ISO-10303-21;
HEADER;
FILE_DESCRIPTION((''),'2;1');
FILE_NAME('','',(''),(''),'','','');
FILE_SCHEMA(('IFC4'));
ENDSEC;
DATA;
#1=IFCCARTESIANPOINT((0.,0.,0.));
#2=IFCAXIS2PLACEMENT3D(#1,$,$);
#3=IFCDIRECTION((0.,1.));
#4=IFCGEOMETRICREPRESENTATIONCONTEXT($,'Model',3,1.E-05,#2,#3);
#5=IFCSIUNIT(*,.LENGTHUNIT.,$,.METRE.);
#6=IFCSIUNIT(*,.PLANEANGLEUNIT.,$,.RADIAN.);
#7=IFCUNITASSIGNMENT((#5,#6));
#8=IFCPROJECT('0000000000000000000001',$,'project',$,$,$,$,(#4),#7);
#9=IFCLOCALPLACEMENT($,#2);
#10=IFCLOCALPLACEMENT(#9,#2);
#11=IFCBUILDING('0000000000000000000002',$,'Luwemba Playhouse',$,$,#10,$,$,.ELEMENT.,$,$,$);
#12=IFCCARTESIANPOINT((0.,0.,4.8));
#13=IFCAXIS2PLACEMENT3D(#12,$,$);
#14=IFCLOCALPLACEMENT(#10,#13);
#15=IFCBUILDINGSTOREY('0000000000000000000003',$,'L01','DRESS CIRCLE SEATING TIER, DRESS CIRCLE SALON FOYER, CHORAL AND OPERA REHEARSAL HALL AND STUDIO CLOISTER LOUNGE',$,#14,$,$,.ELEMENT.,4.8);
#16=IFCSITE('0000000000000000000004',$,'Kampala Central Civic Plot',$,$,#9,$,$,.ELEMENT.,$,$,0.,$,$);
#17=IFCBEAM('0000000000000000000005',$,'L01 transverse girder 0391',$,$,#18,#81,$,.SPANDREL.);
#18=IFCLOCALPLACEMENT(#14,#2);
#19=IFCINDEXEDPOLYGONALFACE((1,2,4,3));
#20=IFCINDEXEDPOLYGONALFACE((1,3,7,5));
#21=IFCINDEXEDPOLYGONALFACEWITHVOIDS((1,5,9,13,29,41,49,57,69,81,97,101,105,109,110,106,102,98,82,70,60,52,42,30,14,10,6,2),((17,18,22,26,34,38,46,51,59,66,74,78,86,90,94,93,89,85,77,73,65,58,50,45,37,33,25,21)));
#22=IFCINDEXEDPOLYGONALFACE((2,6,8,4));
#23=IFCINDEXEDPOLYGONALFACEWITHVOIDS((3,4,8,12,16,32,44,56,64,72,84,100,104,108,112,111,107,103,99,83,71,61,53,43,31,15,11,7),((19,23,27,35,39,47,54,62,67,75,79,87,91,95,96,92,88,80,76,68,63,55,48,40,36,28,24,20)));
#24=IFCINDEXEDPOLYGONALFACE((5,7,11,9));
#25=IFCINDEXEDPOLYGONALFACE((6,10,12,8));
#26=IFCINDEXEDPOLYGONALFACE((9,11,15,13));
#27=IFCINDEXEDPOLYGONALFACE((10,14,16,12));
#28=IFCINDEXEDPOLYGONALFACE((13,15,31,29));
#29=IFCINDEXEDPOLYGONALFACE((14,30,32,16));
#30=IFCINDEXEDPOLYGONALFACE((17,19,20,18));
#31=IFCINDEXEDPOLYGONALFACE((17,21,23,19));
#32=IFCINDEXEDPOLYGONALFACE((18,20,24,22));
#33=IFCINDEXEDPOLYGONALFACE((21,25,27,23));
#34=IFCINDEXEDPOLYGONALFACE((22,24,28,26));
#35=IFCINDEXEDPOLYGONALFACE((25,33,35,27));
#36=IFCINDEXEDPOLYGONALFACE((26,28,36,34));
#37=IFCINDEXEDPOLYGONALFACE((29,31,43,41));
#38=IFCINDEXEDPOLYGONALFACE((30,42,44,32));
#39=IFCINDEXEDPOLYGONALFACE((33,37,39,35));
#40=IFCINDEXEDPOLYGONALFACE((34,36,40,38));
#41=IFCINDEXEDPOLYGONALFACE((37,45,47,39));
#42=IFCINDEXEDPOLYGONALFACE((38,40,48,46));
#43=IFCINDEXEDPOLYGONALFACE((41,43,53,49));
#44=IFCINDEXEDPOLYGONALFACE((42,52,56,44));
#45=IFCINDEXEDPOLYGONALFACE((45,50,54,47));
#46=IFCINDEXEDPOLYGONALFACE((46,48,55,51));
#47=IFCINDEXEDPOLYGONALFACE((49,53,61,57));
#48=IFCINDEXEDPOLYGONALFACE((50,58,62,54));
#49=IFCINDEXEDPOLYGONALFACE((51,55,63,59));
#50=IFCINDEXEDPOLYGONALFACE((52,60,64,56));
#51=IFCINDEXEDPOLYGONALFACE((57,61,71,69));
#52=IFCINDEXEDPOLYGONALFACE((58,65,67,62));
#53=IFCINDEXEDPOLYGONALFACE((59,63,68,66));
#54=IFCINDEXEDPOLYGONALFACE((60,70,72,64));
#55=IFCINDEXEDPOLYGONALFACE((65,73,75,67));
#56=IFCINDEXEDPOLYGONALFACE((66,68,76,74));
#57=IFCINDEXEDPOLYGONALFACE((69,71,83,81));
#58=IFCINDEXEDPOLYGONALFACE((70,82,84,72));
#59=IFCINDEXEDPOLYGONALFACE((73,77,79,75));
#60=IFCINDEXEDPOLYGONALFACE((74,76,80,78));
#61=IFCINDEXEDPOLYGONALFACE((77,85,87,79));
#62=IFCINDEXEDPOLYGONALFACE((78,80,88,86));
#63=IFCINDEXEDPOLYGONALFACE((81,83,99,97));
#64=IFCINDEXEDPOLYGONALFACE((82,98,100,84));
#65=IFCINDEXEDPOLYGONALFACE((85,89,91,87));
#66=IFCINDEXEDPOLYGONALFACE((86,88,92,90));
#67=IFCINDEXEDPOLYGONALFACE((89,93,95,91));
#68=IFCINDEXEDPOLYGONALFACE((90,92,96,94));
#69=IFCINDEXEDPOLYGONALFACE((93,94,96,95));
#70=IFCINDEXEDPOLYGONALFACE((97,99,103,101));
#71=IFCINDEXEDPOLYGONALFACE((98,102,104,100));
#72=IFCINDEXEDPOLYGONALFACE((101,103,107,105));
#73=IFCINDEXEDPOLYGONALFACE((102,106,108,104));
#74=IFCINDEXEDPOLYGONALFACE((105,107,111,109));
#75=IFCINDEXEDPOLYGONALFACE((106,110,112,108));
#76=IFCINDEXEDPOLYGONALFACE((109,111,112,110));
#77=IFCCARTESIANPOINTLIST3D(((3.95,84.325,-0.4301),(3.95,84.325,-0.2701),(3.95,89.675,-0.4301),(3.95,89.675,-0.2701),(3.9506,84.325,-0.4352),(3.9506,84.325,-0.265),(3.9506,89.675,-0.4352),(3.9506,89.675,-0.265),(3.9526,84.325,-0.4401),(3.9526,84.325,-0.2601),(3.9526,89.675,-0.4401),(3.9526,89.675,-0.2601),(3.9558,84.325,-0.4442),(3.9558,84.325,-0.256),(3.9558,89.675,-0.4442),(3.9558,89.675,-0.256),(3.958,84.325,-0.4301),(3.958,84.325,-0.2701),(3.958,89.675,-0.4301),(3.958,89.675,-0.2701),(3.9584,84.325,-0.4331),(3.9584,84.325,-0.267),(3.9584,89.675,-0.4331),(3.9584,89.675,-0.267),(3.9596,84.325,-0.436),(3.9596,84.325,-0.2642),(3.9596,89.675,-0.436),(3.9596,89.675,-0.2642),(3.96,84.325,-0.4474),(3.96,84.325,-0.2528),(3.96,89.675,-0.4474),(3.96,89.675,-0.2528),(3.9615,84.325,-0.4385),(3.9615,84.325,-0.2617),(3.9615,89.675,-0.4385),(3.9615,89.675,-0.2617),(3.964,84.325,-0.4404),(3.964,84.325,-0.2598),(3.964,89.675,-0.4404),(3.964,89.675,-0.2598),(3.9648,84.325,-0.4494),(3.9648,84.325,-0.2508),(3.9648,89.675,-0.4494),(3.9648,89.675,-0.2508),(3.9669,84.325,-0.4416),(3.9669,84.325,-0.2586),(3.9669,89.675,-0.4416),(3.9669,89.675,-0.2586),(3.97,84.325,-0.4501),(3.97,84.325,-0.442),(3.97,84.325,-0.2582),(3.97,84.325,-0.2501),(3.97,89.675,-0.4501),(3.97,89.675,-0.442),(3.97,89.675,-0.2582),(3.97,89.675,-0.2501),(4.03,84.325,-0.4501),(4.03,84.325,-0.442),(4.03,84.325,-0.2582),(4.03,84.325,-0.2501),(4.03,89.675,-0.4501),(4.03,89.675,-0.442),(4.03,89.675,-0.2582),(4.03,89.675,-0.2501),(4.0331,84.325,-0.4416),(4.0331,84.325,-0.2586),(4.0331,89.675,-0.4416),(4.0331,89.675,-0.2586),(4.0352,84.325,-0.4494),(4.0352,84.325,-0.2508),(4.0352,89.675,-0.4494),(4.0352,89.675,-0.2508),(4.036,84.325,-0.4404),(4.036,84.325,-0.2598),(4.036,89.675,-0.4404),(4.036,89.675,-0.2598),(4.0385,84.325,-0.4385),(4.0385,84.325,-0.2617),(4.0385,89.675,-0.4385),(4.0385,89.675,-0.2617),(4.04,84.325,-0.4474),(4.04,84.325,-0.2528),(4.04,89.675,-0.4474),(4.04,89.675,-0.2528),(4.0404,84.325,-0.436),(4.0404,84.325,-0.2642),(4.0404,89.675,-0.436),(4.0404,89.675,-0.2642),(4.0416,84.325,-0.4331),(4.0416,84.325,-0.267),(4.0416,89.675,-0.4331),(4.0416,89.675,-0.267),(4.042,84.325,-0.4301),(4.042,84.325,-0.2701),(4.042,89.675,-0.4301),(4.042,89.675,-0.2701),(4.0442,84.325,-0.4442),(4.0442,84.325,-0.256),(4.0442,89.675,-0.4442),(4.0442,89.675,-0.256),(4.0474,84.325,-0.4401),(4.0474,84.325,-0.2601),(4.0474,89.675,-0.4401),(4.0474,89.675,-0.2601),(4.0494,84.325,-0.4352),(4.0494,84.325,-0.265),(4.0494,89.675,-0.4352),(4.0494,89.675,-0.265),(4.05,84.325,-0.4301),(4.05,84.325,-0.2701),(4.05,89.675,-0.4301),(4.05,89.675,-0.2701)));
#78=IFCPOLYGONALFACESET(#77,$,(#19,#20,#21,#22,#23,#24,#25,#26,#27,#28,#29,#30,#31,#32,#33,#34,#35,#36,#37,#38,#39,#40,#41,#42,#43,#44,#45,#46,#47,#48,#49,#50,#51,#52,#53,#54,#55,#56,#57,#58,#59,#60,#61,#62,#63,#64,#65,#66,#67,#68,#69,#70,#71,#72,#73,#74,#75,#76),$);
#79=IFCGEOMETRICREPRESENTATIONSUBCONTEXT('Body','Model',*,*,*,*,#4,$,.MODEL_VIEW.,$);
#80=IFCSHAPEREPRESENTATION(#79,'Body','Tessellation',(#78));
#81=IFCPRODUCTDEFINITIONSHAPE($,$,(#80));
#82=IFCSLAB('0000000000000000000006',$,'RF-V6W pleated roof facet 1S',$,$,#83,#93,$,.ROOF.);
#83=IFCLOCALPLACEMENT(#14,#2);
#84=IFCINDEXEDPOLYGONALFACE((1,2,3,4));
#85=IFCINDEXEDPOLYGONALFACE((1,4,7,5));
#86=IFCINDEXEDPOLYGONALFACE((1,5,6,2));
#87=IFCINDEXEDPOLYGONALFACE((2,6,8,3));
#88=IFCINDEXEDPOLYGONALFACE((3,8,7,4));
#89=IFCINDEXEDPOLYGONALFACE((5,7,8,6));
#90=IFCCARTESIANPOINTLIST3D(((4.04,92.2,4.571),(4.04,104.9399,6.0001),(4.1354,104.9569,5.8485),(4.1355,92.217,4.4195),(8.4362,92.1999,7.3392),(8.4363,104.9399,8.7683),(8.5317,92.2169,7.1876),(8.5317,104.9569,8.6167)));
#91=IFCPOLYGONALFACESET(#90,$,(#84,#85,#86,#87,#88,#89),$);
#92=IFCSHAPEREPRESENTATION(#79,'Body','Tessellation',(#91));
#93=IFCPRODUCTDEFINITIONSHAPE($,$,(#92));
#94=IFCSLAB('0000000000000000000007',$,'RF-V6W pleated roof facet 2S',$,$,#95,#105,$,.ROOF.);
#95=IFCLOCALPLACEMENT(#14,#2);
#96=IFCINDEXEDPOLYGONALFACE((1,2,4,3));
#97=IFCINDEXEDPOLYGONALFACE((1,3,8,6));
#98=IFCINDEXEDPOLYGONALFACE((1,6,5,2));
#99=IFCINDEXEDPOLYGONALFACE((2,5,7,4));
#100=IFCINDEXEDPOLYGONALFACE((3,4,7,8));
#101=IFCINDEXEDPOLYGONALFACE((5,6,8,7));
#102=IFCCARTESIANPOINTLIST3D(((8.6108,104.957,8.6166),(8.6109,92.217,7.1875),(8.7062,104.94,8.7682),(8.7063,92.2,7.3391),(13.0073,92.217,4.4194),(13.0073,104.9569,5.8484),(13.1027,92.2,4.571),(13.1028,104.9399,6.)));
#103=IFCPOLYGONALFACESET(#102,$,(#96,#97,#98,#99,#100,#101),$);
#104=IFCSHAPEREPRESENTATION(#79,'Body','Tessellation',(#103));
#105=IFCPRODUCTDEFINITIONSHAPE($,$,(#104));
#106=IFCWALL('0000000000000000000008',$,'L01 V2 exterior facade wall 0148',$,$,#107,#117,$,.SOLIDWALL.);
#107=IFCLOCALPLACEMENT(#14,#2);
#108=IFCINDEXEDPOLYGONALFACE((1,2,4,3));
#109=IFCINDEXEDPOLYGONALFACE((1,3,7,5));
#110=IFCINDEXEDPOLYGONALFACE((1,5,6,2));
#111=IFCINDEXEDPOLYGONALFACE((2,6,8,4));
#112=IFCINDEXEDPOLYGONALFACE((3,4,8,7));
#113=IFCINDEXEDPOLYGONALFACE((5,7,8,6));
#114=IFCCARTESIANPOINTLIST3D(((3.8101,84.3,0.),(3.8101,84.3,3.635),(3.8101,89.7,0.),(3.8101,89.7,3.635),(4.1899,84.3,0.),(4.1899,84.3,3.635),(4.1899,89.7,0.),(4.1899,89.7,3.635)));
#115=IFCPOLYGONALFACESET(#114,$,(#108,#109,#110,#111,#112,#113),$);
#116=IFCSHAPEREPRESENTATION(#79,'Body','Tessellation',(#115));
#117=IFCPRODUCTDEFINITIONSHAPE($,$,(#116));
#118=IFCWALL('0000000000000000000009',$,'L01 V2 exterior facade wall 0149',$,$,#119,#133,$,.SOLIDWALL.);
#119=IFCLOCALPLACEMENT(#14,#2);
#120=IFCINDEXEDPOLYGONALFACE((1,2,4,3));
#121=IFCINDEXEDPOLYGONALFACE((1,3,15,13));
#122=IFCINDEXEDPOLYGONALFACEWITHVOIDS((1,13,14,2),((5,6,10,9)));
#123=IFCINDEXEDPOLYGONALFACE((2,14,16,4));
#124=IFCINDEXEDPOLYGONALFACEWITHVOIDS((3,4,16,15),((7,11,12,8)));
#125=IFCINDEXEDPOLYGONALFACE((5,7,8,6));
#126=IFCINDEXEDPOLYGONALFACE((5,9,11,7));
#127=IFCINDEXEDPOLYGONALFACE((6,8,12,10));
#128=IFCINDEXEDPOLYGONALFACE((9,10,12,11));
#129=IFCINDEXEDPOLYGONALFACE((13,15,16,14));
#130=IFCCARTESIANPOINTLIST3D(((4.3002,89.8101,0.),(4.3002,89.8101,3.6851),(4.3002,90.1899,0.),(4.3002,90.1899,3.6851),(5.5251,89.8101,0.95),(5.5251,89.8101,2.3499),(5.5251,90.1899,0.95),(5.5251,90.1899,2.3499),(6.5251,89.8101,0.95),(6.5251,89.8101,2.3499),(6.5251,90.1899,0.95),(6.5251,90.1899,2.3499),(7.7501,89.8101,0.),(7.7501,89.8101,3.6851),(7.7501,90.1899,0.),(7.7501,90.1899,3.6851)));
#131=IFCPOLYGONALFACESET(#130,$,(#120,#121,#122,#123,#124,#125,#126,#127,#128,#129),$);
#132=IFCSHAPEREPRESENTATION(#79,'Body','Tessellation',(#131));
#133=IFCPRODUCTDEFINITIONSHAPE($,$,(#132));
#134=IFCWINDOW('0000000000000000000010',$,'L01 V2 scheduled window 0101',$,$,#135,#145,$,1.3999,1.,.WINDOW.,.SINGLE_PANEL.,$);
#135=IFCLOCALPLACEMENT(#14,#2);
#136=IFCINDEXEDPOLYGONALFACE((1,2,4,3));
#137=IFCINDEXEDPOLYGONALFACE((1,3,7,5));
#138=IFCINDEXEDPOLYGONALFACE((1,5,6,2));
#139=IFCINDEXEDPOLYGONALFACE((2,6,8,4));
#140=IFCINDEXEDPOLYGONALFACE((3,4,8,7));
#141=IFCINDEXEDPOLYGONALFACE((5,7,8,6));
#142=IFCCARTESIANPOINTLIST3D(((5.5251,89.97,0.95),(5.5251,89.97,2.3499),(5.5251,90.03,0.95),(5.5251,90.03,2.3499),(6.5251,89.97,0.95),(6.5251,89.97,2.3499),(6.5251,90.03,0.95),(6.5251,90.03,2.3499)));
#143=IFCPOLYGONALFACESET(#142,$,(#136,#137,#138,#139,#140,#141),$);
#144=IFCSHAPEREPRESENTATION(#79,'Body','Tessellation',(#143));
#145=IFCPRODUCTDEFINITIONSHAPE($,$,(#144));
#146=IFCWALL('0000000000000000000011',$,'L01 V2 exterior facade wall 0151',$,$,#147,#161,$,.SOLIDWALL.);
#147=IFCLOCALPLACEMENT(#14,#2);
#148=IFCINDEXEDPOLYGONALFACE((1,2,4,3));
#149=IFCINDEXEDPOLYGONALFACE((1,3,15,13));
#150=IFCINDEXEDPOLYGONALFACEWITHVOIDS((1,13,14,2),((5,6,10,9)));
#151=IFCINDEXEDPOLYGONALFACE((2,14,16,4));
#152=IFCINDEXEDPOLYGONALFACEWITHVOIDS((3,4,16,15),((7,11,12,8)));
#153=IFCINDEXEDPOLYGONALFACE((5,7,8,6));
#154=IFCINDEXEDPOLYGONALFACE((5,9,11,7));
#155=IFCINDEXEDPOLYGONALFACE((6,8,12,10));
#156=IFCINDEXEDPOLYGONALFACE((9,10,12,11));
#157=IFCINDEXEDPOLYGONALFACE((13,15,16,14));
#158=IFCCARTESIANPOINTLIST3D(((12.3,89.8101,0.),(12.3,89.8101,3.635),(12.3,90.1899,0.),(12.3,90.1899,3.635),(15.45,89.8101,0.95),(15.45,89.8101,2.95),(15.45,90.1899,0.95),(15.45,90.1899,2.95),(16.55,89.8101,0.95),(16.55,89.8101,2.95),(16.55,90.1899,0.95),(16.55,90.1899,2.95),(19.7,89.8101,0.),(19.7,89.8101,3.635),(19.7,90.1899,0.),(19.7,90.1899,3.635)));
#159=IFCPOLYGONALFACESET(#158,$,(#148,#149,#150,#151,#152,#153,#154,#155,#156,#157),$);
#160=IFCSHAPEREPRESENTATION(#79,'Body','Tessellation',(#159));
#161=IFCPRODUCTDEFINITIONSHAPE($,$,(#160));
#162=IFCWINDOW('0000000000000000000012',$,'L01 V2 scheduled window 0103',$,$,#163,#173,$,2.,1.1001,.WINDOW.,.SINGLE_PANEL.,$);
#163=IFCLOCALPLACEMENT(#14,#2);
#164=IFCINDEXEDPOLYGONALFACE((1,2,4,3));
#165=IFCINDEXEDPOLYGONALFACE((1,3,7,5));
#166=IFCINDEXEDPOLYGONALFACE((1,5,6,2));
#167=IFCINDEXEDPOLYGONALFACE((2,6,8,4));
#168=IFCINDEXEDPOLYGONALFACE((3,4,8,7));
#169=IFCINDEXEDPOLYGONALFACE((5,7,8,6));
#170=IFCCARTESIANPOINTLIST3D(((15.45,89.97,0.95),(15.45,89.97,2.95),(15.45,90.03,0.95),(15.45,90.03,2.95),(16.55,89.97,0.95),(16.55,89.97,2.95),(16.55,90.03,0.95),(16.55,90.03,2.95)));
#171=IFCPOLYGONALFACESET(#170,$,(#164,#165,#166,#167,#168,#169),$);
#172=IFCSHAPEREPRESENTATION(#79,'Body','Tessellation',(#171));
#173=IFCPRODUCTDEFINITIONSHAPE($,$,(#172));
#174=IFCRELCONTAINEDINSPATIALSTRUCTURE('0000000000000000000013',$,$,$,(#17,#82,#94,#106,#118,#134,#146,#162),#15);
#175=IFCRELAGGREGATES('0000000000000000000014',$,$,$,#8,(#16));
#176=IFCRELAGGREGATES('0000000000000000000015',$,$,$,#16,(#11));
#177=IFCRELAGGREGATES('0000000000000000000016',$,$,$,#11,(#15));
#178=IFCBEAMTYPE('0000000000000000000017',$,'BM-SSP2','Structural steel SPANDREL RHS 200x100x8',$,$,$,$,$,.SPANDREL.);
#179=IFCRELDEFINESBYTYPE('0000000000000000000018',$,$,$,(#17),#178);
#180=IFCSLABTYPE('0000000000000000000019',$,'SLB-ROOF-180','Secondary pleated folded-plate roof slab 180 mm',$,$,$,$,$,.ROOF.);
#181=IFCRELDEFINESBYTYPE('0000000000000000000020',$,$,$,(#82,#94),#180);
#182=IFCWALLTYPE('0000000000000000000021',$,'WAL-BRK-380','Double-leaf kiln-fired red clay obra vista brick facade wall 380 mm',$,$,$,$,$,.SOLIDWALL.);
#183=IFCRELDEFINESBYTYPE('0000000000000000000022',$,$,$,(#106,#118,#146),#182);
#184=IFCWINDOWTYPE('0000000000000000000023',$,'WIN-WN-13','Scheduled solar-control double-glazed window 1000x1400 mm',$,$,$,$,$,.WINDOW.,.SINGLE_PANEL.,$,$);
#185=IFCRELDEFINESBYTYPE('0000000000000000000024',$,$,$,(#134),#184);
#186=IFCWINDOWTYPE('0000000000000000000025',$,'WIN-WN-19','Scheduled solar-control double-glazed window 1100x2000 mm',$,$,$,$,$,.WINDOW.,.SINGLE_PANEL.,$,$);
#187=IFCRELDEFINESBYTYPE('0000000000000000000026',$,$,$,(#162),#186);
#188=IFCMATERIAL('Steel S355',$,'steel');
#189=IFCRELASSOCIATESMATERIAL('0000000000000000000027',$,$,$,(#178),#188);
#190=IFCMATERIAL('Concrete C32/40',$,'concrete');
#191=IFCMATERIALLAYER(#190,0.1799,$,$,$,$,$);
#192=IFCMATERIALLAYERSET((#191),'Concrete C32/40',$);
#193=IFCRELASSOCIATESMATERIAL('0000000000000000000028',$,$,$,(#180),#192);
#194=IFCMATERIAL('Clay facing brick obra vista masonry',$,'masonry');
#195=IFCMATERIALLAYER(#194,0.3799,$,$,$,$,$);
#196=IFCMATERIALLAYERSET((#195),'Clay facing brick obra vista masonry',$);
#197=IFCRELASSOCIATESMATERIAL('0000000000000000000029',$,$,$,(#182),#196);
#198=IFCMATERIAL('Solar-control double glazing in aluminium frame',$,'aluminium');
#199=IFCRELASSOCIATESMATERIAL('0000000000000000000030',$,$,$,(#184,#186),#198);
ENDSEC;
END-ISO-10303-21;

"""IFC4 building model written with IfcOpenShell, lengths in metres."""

from ifc_helpers import new_model, si_unit, direction, frame, frame_2d, origin, origin_2d, place, context, subcontext, project, spatial, polyline, rectangle, hollow_rectangle, outline, extrude, material, layer, layer_set, material_profile, profile_set, type_object, element, fill, save


model = new_model("IFC4")

# Units and contexts
model_context = context("Model", 3, precision=1e-05, world=origin(), true_north=direction((0.0, 1.0)))
body_context = subcontext(model_context, "Body", "Model", "MODEL_VIEW")
ifc_project = project(units=[si_unit("LENGTHUNIT", "METRE"), si_unit("PLANEANGLEUNIT", "RADIAN")], contexts=[model_context])

# Site, building, storey
site_placement = place(None, origin())
site = spatial("IfcSite", under=ifc_project, at=site_placement, Name="Kampala Central Civic Plot", CompositionType="ELEMENT", RefElevation=0.0)
building_placement = place(site_placement, origin())
building = spatial("IfcBuilding", under=site, at=building_placement, Name="Luwemba Playhouse", CompositionType="ELEMENT")
storey_placement = place(building_placement, frame((0.0, 0.0, 4.8)))
storey = spatial("IfcBuildingStorey", under=building, at=storey_placement, Name="L01", Description="DRESS CIRCLE SEATING TIER, DRESS CIRCLE SALON FOYER, CHORAL AND OPERA REHEARSAL HALL AND STUDIO CLOISTER LOUNGE", CompositionType="ELEMENT", Elevation=4.8)

# Beam
ifc_material_1 = material(Name="Steel S355", Category="steel")
ifc_material_profile_1 = material_profile(ifc_material_1, hollow_rectangle(XDim=0.1001, YDim=0.2, WallThickness=0.0081, InnerFilletRadius=0.012, OuterFilletRadius=0.02, at=origin_2d()))
ifc_profile_set_1 = profile_set([ifc_material_profile_1], Name="Steel S355")
beam_type_1 = type_object("IfcBeamType", Name="BM-SSP2", Description="Structural steel SPANDREL RHS 200x100x8", PredefinedType="SPANDREL", material=ifc_profile_set_1)
beam_1_placement = place(storey_placement, frame((4.0, 84.325, -0.3501), z_axis=(0.0, 1.0, 0.0), x_axis=(-1.0, 0.0, 0.0)))
element("IfcBeam", 1, at=beam_1_placement, inside=storey, type_object=beam_type_1, Name="L01 transverse girder 0391", PredefinedType="SPANDREL", context=body_context, shape_type="SweptSolid", body=[
    extrude(hollow_rectangle(XDim=0.1001, YDim=0.2, WallThickness=0.0081, InnerFilletRadius=0.012, OuterFilletRadius=0.02, at=origin_2d()), origin(), (0.0, 0.0, 1.0), 5.3501),
])

# Slabs
ifc_material_2 = material(Name="Concrete C32/40", Category="concrete")
ifc_layer_1 = layer(ifc_material_2, 0.1799)
ifc_layer_set_1 = layer_set([ifc_layer_1], Name="Concrete C32/40")
slab_type = type_object("IfcSlabType", Name="SLB-ROOF-180", Description="Secondary pleated folded-plate roof slab 180 mm", PredefinedType="ROOF", material=ifc_layer_set_1)
slab_1_placement = place(storey_placement, frame((4.04, 92.2, 4.571), z_axis=(-0.530454, -0.094498, 0.84243), x_axis=(0.846217, -0.000002, 0.532839)))
element("IfcSlab", 2, at=slab_1_placement, inside=storey, type_object=slab_type, Name="RF-V6W pleated roof facet 1S", PredefinedType="ROOF", context=body_context, shape_type="SweptSolid", body=[
    extrude(outline(polyline([(0.0, 0.0), (5.1951, 0.0), (5.9566, 12.7973), (0.7614, 12.7972), (0.0, 0.0)])), origin(), (0.0, 0.0, -1.0), 0.1799),
])
slab_2_placement = place(storey_placement, frame((8.7063, 92.2, 7.3391), z_axis=(0.530433, -0.094499, 0.842443), x_axis=(0.84623, 0.000002, -0.532817)))
element("IfcSlab", 3, at=slab_2_placement, inside=storey, type_object=slab_type, Name="RF-V6W pleated roof facet 2S", PredefinedType="ROOF", context=body_context, shape_type="SweptSolid", body=[
    extrude(outline(polyline([(0.0, 0.0), (5.1953, 0.0), (4.434, 12.7973), (-0.7615, 12.7973), (0.0, 0.0)])), origin(), (0.0, 0.0, -1.0), 0.1799),
])

# Wall
ifc_material_3 = material(Name="Clay facing brick obra vista masonry", Category="masonry")
ifc_layer_2 = layer(ifc_material_3, 0.3799)
ifc_layer_set_2 = layer_set([ifc_layer_2], Name="Clay facing brick obra vista masonry")
wall_type_1 = type_object("IfcWallType", Name="WAL-BRK-380", Description="Double-leaf kiln-fired red clay obra vista brick facade wall 380 mm", PredefinedType="SOLIDWALL", material=ifc_layer_set_2)
wall_1_placement = place(storey_placement, frame((4.0, 84.3, 0.0), z_axis=(0.0, 0.0, 1.0), x_axis=(0.0, 1.0, 0.0)))
element("IfcWall", 4, at=wall_1_placement, inside=storey, type_object=wall_type_1, Name="L01 V2 exterior facade wall 0148", PredefinedType="SOLIDWALL", context=body_context, shape_type="SweptSolid", body=[
    extrude(rectangle(XDim=5.3999, YDim=0.3799, at=frame_2d((2.7, 0.0))), origin(), (0.0, 0.0, 1.0), 3.635),
])

# Walls, openings, windows
wall_2_placement = place(storey_placement, frame((4.3, 90.0, 0.0), z_axis=(0.0, 0.0, 1.0), x_axis=(1.0, 0.0, 0.0)))
wall_2 = element("IfcWall", 5, at=wall_2_placement, inside=storey, type_object=wall_type_1, Name="L01 V2 exterior facade wall 0149", PredefinedType="SOLIDWALL", context=body_context, shape_type="SweptSolid", body=[
    extrude(rectangle(XDim=3.45, YDim=0.3799, at=frame_2d((1.7251, 0.0))), origin(), (0.0, 0.0, 1.0), 3.6851),
])
opening_1_placement = place(wall_2_placement, frame((1.2251, 0.0, 0.95)))
opening_1 = element("IfcOpeningElement", 6, at=opening_1_placement, cuts=wall_2, PredefinedType="OPENING", context=body_context, shape_type="SweptSolid", body=[
    extrude(rectangle(XDim=1.0, YDim=1.3999, at=frame_2d((0.5, 0.7))), frame((0.0, 0.2, 0.0), z_axis=(0.0, -1.0, 0.0), x_axis=(1.0, 0.0, 0.0)), (0.0, 0.0, 1.0), 0.3999),
])
ifc_material_4 = material(Name="Solar-control double glazing in aluminium frame", Category="aluminium")
window_type_1 = type_object("IfcWindowType", Name="WIN-WN-13", Description="Scheduled solar-control double-glazed window 1000x1400 mm", PartitioningType="SINGLE_PANEL", PredefinedType="WINDOW", material=ifc_material_4)
window_1_placement = place(opening_1_placement, origin())
window_1 = element("IfcWindow", 7, at=window_1_placement, inside=storey, type_object=window_type_1, Name="L01 V2 scheduled window 0101", OverallHeight=1.3999, OverallWidth=1.0, PartitioningType="SINGLE_PANEL", PredefinedType="WINDOW", context=body_context, shape_type="SweptSolid", body=[
    extrude(rectangle(XDim=1.0, YDim=1.3999, at=frame_2d((0.5, 0.7))), frame((0.0, 0.03, 0.0), z_axis=(0.0, -1.0, 0.0), x_axis=(1.0, 0.0, 0.0)), (0.0, 0.0, 1.0), 0.0601),
])
fill(opening_1, window_1)
wall_3_placement = place(storey_placement, frame((12.3, 90.0, 0.0), z_axis=(0.0, 0.0, 1.0), x_axis=(1.0, 0.0, 0.0)))
wall_3 = element("IfcWall", 8, at=wall_3_placement, inside=storey, type_object=wall_type_1, Name="L01 V2 exterior facade wall 0151", PredefinedType="SOLIDWALL", context=body_context, shape_type="SweptSolid", body=[
    extrude(rectangle(XDim=7.3999, YDim=0.3799, at=frame_2d((3.7, 0.0))), origin(), (0.0, 0.0, 1.0), 3.635),
])
opening_2_placement = place(wall_3_placement, frame((3.1499, 0.0, 0.95)))
opening_2 = element("IfcOpeningElement", 9, at=opening_2_placement, cuts=wall_3, PredefinedType="OPENING", context=body_context, shape_type="SweptSolid", body=[
    extrude(rectangle(XDim=1.1001, YDim=2.0, at=frame_2d((0.55, 1.0))), frame((0.0, 0.2, 0.0), z_axis=(0.0, -1.0, 0.0), x_axis=(1.0, 0.0, 0.0)), (0.0, 0.0, 1.0), 0.3999),
])
window_type_2 = type_object("IfcWindowType", Name="WIN-WN-19", Description="Scheduled solar-control double-glazed window 1100x2000 mm", PartitioningType="SINGLE_PANEL", PredefinedType="WINDOW", material=ifc_material_4)
window_2_placement = place(opening_2_placement, origin())
window_2 = element("IfcWindow", 10, at=window_2_placement, inside=storey, type_object=window_type_2, Name="L01 V2 scheduled window 0103", OverallHeight=2.0, OverallWidth=1.1001, PartitioningType="SINGLE_PANEL", PredefinedType="WINDOW", context=body_context, shape_type="SweptSolid", body=[
    extrude(rectangle(XDim=1.1001, YDim=2.0, at=frame_2d((0.55, 1.0))), frame((0.0, 0.03, 0.0), z_axis=(0.0, -1.0, 0.0), x_axis=(1.0, 0.0, 0.0)), (0.0, 0.0, 1.0), 0.0601),
])
fill(opening_2, window_2)

save(model, "model.ifc")
